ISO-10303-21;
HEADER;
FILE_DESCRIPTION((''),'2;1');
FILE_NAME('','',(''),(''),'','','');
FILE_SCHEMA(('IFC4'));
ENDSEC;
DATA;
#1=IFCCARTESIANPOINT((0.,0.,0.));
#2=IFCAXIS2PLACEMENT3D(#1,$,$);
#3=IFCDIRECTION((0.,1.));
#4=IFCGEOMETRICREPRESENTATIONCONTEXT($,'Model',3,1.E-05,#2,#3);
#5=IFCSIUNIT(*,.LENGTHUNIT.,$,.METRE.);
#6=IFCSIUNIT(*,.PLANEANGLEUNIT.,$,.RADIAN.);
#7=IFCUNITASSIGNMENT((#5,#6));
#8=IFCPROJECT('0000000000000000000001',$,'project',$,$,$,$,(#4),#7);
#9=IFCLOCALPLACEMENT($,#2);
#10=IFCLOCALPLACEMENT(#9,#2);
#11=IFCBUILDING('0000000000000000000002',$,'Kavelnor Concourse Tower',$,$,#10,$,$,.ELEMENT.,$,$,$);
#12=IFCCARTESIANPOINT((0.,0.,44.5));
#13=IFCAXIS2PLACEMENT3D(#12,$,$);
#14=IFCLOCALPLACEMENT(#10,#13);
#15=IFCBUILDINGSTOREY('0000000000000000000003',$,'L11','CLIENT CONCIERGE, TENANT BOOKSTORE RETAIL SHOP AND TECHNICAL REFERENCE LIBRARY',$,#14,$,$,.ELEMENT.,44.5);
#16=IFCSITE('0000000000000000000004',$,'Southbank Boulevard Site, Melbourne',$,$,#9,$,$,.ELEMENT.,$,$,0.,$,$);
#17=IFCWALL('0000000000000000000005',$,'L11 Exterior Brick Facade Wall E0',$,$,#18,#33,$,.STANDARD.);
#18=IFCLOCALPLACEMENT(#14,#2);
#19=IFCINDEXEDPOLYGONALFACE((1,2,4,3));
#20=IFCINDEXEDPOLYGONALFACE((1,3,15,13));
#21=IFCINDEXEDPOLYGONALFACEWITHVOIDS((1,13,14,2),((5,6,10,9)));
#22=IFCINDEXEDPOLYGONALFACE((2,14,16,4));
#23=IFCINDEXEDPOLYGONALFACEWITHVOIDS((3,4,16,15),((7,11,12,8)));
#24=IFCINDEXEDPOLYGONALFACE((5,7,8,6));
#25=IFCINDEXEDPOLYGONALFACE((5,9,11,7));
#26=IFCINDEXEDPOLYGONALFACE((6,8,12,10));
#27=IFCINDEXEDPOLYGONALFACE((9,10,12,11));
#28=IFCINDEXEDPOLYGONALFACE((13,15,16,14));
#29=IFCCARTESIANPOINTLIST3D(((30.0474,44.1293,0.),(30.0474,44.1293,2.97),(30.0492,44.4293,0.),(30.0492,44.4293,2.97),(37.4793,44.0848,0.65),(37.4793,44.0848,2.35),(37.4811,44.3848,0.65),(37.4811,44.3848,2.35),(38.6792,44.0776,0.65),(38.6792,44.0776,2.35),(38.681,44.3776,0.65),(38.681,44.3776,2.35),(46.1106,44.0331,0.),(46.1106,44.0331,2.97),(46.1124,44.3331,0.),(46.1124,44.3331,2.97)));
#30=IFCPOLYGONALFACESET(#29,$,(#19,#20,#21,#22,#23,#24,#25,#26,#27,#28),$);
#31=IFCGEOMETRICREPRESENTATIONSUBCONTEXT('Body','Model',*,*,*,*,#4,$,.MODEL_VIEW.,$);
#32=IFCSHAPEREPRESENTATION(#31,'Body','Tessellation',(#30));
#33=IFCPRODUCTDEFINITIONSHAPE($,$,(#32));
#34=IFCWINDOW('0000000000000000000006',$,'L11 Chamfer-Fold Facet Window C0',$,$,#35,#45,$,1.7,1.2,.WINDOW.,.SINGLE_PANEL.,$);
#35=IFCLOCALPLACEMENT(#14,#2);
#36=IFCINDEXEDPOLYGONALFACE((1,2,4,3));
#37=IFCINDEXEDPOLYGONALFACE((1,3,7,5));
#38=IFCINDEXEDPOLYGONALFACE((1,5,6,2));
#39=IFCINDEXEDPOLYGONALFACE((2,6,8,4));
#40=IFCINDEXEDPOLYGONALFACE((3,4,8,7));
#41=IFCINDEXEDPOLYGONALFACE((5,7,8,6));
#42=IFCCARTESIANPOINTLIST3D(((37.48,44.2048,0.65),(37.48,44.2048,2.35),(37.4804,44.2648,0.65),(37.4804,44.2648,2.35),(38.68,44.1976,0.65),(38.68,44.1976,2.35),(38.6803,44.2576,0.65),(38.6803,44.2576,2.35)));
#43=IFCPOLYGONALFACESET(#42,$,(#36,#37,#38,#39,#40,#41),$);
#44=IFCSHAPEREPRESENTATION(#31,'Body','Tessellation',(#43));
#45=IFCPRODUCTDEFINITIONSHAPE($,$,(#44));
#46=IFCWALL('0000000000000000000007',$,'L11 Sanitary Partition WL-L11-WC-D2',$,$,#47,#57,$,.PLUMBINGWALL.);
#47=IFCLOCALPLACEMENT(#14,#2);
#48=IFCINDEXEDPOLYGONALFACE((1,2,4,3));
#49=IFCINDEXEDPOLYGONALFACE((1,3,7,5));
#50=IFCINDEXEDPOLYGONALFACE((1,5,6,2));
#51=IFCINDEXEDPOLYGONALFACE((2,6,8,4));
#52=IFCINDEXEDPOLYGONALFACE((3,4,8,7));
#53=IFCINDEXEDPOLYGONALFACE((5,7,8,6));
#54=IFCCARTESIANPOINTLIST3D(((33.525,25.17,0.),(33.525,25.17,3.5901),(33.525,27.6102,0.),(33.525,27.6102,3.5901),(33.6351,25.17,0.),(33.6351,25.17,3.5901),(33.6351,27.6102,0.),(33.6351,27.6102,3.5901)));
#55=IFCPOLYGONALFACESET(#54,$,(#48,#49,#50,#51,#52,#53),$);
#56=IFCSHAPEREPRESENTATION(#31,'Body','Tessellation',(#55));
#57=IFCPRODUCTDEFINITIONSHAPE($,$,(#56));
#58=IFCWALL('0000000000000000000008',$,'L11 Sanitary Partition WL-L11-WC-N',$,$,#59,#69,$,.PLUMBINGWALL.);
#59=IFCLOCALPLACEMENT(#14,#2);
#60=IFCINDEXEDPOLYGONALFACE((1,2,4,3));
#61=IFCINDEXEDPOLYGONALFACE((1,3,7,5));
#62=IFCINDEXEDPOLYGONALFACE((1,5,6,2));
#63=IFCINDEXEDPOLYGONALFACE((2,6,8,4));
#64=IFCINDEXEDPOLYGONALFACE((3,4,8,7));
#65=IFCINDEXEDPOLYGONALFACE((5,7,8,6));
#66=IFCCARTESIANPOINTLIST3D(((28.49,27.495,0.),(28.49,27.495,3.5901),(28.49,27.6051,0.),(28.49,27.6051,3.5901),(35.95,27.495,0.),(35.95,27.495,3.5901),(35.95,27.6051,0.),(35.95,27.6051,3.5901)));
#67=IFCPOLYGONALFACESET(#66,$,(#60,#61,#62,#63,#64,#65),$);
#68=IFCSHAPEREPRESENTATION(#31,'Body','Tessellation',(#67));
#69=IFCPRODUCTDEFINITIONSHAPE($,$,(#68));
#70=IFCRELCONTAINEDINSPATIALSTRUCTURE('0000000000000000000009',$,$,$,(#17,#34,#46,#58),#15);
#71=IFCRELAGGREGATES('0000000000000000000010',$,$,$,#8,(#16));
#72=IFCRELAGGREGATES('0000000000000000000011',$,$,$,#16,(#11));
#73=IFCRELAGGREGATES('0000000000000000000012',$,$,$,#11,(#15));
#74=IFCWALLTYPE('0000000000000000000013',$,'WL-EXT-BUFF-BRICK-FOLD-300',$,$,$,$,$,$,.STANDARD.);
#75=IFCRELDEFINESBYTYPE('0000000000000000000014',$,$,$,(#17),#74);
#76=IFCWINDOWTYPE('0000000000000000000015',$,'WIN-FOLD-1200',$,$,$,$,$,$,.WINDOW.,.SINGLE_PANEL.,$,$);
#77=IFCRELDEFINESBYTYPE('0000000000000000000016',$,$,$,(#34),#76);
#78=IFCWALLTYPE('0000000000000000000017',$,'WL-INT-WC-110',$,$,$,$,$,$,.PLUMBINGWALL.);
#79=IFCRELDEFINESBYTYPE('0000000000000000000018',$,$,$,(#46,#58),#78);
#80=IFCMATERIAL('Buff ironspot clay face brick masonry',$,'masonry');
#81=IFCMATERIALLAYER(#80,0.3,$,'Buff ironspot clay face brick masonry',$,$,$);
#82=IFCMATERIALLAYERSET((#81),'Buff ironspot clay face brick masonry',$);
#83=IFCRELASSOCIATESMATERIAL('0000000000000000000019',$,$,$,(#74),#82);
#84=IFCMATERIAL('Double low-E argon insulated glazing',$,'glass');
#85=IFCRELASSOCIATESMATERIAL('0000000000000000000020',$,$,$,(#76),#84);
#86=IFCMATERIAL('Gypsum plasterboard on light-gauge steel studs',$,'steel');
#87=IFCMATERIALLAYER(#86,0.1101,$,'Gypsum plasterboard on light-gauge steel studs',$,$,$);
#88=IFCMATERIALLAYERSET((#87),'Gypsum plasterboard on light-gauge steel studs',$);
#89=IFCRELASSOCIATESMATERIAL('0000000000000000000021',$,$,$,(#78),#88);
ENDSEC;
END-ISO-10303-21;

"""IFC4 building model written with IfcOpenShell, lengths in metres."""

from ifc_helpers import new_model, si_unit, direction, frame, frame_2d, origin, place, context, subcontext, project, spatial, rectangle, extrude, material, layer, layer_set, type_object, element, fill, save


model = new_model("IFC4")

# Units and contexts
model_context = context("Model", 3, precision=1e-05, world=origin(), true_north=direction((0.0, 1.0)))
body_context = subcontext(model_context, "Body", "Model", "MODEL_VIEW")
ifc_project = project(units=[si_unit("LENGTHUNIT", "METRE"), si_unit("PLANEANGLEUNIT", "RADIAN")], contexts=[model_context])

# Site, building, storey
site_placement = place(None, origin())
site = spatial("IfcSite", under=ifc_project, at=site_placement, Name="Southbank Boulevard Site, Melbourne", CompositionType="ELEMENT", RefElevation=0.0)
building_placement = place(site_placement, origin())
building = spatial("IfcBuilding", under=site, at=building_placement, Name="Kavelnor Concourse Tower", CompositionType="ELEMENT")
storey_placement = place(building_placement, frame((0.0, 0.0, 44.5)))
storey = spatial("IfcBuildingStorey", under=building, at=storey_placement, Name="L11", Description="CLIENT CONCIERGE, TENANT BOOKSTORE RETAIL SHOP AND TECHNICAL REFERENCE LIBRARY", CompositionType="ELEMENT", Elevation=44.5)

# Wall, opening, window
ifc_material_1 = material(Name="Buff ironspot clay face brick masonry", Category="masonry")
ifc_layer_1 = layer(ifc_material_1, 0.3, Name="Buff ironspot clay face brick masonry")
ifc_layer_set_1 = layer_set([ifc_layer_1], Name="Buff ironspot clay face brick masonry")
wall_type_1 = type_object("IfcWallType", Name="WL-EXT-BUFF-BRICK-FOLD-300", PredefinedType="STANDARD", material=ifc_layer_set_1)
wall_1_placement = place(storey_placement, frame((30.0483, 44.2793, 0.0), z_axis=(0.0, 0.0, 1.0), x_axis=(0.999982, -0.005988, 0.0)))
wall_1 = element("IfcWall", 1, at=wall_1_placement, inside=storey, type_object=wall_type_1, Name="L11 Exterior Brick Facade Wall E0", PredefinedType="STANDARD", context=body_context, shape_type="SweptSolid", body=[
    extrude(rectangle(XDim=16.0635, YDim=0.3, at=frame_2d((8.0317, 0.0))), origin(), (0.0, 0.0, 1.0), 2.97),
])
opening_placement = place(wall_1_placement, frame((7.4319, 0.0, 0.6499)))
opening = element("IfcOpeningElement", 2, at=opening_placement, cuts=wall_1, PredefinedType="OPENING", context=body_context, shape_type="SweptSolid", body=[
    extrude(rectangle(XDim=1.2, YDim=1.7, at=frame_2d((0.6001, 0.8501))), frame((0.0, 0.1602, 0.0), z_axis=(0.0, -1.0, 0.0), x_axis=(1.0, 0.0, 0.0)), (0.0, 0.0, 1.0), 0.3201),
])
ifc_material_2 = material(Name="Double low-E argon insulated glazing", Category="glass")
window_type = type_object("IfcWindowType", Name="WIN-FOLD-1200", PartitioningType="SINGLE_PANEL", PredefinedType="WINDOW", material=ifc_material_2)
window_placement = place(opening_placement, origin())
window = element("IfcWindow", 3, at=window_placement, inside=storey, type_object=window_type, Name="L11 Chamfer-Fold Facet Window C0", OverallHeight=1.7, OverallWidth=1.2, PartitioningType="SINGLE_PANEL", PredefinedType="WINDOW", context=body_context, shape_type="SweptSolid", body=[
    extrude(rectangle(XDim=1.2, YDim=1.7, at=frame_2d((0.6001, 0.8501))), frame((0.0, 0.03, 0.0), z_axis=(0.0, -1.0, 0.0), x_axis=(1.0, 0.0, 0.0)), (0.0, 0.0, 1.0), 0.0601),
])
fill(opening, window)

# Walls
ifc_material_3 = material(Name="Gypsum plasterboard on light-gauge steel studs", Category="steel")
ifc_layer_2 = layer(ifc_material_3, 0.1101, Name="Gypsum plasterboard on light-gauge steel studs")
ifc_layer_set_2 = layer_set([ifc_layer_2], Name="Gypsum plasterboard on light-gauge steel studs")
wall_type_2 = type_object("IfcWallType", Name="WL-INT-WC-110", PredefinedType="PLUMBINGWALL", material=ifc_layer_set_2)
wall_2_placement = place(storey_placement, frame((33.5801, 25.1699, 0.0), z_axis=(0.0, 0.0, 1.0), x_axis=(0.0, 1.0, 0.0)))
element("IfcWall", 4, at=wall_2_placement, inside=storey, type_object=wall_type_2, Name="L11 Sanitary Partition WL-L11-WC-D2", PredefinedType="PLUMBINGWALL", context=body_context, shape_type="SweptSolid", body=[
    extrude(rectangle(XDim=2.4402, YDim=0.1101, at=frame_2d((1.2202, 0.0))), origin(), (0.0, 0.0, 1.0), 3.5901),
])
wall_3_placement = place(storey_placement, frame((28.49, 27.55, 0.0), z_axis=(0.0, 0.0, 1.0), x_axis=(1.0, 0.0, 0.0)))
element("IfcWall", 5, at=wall_3_placement, inside=storey, type_object=wall_type_2, Name="L11 Sanitary Partition WL-L11-WC-N", PredefinedType="PLUMBINGWALL", context=body_context, shape_type="SweptSolid", body=[
    extrude(rectangle(XDim=7.46, YDim=0.1101, at=frame_2d((3.73, 0.0))), origin(), (0.0, 0.0, 1.0), 3.5901),
])

save(model, "model.ifc")
